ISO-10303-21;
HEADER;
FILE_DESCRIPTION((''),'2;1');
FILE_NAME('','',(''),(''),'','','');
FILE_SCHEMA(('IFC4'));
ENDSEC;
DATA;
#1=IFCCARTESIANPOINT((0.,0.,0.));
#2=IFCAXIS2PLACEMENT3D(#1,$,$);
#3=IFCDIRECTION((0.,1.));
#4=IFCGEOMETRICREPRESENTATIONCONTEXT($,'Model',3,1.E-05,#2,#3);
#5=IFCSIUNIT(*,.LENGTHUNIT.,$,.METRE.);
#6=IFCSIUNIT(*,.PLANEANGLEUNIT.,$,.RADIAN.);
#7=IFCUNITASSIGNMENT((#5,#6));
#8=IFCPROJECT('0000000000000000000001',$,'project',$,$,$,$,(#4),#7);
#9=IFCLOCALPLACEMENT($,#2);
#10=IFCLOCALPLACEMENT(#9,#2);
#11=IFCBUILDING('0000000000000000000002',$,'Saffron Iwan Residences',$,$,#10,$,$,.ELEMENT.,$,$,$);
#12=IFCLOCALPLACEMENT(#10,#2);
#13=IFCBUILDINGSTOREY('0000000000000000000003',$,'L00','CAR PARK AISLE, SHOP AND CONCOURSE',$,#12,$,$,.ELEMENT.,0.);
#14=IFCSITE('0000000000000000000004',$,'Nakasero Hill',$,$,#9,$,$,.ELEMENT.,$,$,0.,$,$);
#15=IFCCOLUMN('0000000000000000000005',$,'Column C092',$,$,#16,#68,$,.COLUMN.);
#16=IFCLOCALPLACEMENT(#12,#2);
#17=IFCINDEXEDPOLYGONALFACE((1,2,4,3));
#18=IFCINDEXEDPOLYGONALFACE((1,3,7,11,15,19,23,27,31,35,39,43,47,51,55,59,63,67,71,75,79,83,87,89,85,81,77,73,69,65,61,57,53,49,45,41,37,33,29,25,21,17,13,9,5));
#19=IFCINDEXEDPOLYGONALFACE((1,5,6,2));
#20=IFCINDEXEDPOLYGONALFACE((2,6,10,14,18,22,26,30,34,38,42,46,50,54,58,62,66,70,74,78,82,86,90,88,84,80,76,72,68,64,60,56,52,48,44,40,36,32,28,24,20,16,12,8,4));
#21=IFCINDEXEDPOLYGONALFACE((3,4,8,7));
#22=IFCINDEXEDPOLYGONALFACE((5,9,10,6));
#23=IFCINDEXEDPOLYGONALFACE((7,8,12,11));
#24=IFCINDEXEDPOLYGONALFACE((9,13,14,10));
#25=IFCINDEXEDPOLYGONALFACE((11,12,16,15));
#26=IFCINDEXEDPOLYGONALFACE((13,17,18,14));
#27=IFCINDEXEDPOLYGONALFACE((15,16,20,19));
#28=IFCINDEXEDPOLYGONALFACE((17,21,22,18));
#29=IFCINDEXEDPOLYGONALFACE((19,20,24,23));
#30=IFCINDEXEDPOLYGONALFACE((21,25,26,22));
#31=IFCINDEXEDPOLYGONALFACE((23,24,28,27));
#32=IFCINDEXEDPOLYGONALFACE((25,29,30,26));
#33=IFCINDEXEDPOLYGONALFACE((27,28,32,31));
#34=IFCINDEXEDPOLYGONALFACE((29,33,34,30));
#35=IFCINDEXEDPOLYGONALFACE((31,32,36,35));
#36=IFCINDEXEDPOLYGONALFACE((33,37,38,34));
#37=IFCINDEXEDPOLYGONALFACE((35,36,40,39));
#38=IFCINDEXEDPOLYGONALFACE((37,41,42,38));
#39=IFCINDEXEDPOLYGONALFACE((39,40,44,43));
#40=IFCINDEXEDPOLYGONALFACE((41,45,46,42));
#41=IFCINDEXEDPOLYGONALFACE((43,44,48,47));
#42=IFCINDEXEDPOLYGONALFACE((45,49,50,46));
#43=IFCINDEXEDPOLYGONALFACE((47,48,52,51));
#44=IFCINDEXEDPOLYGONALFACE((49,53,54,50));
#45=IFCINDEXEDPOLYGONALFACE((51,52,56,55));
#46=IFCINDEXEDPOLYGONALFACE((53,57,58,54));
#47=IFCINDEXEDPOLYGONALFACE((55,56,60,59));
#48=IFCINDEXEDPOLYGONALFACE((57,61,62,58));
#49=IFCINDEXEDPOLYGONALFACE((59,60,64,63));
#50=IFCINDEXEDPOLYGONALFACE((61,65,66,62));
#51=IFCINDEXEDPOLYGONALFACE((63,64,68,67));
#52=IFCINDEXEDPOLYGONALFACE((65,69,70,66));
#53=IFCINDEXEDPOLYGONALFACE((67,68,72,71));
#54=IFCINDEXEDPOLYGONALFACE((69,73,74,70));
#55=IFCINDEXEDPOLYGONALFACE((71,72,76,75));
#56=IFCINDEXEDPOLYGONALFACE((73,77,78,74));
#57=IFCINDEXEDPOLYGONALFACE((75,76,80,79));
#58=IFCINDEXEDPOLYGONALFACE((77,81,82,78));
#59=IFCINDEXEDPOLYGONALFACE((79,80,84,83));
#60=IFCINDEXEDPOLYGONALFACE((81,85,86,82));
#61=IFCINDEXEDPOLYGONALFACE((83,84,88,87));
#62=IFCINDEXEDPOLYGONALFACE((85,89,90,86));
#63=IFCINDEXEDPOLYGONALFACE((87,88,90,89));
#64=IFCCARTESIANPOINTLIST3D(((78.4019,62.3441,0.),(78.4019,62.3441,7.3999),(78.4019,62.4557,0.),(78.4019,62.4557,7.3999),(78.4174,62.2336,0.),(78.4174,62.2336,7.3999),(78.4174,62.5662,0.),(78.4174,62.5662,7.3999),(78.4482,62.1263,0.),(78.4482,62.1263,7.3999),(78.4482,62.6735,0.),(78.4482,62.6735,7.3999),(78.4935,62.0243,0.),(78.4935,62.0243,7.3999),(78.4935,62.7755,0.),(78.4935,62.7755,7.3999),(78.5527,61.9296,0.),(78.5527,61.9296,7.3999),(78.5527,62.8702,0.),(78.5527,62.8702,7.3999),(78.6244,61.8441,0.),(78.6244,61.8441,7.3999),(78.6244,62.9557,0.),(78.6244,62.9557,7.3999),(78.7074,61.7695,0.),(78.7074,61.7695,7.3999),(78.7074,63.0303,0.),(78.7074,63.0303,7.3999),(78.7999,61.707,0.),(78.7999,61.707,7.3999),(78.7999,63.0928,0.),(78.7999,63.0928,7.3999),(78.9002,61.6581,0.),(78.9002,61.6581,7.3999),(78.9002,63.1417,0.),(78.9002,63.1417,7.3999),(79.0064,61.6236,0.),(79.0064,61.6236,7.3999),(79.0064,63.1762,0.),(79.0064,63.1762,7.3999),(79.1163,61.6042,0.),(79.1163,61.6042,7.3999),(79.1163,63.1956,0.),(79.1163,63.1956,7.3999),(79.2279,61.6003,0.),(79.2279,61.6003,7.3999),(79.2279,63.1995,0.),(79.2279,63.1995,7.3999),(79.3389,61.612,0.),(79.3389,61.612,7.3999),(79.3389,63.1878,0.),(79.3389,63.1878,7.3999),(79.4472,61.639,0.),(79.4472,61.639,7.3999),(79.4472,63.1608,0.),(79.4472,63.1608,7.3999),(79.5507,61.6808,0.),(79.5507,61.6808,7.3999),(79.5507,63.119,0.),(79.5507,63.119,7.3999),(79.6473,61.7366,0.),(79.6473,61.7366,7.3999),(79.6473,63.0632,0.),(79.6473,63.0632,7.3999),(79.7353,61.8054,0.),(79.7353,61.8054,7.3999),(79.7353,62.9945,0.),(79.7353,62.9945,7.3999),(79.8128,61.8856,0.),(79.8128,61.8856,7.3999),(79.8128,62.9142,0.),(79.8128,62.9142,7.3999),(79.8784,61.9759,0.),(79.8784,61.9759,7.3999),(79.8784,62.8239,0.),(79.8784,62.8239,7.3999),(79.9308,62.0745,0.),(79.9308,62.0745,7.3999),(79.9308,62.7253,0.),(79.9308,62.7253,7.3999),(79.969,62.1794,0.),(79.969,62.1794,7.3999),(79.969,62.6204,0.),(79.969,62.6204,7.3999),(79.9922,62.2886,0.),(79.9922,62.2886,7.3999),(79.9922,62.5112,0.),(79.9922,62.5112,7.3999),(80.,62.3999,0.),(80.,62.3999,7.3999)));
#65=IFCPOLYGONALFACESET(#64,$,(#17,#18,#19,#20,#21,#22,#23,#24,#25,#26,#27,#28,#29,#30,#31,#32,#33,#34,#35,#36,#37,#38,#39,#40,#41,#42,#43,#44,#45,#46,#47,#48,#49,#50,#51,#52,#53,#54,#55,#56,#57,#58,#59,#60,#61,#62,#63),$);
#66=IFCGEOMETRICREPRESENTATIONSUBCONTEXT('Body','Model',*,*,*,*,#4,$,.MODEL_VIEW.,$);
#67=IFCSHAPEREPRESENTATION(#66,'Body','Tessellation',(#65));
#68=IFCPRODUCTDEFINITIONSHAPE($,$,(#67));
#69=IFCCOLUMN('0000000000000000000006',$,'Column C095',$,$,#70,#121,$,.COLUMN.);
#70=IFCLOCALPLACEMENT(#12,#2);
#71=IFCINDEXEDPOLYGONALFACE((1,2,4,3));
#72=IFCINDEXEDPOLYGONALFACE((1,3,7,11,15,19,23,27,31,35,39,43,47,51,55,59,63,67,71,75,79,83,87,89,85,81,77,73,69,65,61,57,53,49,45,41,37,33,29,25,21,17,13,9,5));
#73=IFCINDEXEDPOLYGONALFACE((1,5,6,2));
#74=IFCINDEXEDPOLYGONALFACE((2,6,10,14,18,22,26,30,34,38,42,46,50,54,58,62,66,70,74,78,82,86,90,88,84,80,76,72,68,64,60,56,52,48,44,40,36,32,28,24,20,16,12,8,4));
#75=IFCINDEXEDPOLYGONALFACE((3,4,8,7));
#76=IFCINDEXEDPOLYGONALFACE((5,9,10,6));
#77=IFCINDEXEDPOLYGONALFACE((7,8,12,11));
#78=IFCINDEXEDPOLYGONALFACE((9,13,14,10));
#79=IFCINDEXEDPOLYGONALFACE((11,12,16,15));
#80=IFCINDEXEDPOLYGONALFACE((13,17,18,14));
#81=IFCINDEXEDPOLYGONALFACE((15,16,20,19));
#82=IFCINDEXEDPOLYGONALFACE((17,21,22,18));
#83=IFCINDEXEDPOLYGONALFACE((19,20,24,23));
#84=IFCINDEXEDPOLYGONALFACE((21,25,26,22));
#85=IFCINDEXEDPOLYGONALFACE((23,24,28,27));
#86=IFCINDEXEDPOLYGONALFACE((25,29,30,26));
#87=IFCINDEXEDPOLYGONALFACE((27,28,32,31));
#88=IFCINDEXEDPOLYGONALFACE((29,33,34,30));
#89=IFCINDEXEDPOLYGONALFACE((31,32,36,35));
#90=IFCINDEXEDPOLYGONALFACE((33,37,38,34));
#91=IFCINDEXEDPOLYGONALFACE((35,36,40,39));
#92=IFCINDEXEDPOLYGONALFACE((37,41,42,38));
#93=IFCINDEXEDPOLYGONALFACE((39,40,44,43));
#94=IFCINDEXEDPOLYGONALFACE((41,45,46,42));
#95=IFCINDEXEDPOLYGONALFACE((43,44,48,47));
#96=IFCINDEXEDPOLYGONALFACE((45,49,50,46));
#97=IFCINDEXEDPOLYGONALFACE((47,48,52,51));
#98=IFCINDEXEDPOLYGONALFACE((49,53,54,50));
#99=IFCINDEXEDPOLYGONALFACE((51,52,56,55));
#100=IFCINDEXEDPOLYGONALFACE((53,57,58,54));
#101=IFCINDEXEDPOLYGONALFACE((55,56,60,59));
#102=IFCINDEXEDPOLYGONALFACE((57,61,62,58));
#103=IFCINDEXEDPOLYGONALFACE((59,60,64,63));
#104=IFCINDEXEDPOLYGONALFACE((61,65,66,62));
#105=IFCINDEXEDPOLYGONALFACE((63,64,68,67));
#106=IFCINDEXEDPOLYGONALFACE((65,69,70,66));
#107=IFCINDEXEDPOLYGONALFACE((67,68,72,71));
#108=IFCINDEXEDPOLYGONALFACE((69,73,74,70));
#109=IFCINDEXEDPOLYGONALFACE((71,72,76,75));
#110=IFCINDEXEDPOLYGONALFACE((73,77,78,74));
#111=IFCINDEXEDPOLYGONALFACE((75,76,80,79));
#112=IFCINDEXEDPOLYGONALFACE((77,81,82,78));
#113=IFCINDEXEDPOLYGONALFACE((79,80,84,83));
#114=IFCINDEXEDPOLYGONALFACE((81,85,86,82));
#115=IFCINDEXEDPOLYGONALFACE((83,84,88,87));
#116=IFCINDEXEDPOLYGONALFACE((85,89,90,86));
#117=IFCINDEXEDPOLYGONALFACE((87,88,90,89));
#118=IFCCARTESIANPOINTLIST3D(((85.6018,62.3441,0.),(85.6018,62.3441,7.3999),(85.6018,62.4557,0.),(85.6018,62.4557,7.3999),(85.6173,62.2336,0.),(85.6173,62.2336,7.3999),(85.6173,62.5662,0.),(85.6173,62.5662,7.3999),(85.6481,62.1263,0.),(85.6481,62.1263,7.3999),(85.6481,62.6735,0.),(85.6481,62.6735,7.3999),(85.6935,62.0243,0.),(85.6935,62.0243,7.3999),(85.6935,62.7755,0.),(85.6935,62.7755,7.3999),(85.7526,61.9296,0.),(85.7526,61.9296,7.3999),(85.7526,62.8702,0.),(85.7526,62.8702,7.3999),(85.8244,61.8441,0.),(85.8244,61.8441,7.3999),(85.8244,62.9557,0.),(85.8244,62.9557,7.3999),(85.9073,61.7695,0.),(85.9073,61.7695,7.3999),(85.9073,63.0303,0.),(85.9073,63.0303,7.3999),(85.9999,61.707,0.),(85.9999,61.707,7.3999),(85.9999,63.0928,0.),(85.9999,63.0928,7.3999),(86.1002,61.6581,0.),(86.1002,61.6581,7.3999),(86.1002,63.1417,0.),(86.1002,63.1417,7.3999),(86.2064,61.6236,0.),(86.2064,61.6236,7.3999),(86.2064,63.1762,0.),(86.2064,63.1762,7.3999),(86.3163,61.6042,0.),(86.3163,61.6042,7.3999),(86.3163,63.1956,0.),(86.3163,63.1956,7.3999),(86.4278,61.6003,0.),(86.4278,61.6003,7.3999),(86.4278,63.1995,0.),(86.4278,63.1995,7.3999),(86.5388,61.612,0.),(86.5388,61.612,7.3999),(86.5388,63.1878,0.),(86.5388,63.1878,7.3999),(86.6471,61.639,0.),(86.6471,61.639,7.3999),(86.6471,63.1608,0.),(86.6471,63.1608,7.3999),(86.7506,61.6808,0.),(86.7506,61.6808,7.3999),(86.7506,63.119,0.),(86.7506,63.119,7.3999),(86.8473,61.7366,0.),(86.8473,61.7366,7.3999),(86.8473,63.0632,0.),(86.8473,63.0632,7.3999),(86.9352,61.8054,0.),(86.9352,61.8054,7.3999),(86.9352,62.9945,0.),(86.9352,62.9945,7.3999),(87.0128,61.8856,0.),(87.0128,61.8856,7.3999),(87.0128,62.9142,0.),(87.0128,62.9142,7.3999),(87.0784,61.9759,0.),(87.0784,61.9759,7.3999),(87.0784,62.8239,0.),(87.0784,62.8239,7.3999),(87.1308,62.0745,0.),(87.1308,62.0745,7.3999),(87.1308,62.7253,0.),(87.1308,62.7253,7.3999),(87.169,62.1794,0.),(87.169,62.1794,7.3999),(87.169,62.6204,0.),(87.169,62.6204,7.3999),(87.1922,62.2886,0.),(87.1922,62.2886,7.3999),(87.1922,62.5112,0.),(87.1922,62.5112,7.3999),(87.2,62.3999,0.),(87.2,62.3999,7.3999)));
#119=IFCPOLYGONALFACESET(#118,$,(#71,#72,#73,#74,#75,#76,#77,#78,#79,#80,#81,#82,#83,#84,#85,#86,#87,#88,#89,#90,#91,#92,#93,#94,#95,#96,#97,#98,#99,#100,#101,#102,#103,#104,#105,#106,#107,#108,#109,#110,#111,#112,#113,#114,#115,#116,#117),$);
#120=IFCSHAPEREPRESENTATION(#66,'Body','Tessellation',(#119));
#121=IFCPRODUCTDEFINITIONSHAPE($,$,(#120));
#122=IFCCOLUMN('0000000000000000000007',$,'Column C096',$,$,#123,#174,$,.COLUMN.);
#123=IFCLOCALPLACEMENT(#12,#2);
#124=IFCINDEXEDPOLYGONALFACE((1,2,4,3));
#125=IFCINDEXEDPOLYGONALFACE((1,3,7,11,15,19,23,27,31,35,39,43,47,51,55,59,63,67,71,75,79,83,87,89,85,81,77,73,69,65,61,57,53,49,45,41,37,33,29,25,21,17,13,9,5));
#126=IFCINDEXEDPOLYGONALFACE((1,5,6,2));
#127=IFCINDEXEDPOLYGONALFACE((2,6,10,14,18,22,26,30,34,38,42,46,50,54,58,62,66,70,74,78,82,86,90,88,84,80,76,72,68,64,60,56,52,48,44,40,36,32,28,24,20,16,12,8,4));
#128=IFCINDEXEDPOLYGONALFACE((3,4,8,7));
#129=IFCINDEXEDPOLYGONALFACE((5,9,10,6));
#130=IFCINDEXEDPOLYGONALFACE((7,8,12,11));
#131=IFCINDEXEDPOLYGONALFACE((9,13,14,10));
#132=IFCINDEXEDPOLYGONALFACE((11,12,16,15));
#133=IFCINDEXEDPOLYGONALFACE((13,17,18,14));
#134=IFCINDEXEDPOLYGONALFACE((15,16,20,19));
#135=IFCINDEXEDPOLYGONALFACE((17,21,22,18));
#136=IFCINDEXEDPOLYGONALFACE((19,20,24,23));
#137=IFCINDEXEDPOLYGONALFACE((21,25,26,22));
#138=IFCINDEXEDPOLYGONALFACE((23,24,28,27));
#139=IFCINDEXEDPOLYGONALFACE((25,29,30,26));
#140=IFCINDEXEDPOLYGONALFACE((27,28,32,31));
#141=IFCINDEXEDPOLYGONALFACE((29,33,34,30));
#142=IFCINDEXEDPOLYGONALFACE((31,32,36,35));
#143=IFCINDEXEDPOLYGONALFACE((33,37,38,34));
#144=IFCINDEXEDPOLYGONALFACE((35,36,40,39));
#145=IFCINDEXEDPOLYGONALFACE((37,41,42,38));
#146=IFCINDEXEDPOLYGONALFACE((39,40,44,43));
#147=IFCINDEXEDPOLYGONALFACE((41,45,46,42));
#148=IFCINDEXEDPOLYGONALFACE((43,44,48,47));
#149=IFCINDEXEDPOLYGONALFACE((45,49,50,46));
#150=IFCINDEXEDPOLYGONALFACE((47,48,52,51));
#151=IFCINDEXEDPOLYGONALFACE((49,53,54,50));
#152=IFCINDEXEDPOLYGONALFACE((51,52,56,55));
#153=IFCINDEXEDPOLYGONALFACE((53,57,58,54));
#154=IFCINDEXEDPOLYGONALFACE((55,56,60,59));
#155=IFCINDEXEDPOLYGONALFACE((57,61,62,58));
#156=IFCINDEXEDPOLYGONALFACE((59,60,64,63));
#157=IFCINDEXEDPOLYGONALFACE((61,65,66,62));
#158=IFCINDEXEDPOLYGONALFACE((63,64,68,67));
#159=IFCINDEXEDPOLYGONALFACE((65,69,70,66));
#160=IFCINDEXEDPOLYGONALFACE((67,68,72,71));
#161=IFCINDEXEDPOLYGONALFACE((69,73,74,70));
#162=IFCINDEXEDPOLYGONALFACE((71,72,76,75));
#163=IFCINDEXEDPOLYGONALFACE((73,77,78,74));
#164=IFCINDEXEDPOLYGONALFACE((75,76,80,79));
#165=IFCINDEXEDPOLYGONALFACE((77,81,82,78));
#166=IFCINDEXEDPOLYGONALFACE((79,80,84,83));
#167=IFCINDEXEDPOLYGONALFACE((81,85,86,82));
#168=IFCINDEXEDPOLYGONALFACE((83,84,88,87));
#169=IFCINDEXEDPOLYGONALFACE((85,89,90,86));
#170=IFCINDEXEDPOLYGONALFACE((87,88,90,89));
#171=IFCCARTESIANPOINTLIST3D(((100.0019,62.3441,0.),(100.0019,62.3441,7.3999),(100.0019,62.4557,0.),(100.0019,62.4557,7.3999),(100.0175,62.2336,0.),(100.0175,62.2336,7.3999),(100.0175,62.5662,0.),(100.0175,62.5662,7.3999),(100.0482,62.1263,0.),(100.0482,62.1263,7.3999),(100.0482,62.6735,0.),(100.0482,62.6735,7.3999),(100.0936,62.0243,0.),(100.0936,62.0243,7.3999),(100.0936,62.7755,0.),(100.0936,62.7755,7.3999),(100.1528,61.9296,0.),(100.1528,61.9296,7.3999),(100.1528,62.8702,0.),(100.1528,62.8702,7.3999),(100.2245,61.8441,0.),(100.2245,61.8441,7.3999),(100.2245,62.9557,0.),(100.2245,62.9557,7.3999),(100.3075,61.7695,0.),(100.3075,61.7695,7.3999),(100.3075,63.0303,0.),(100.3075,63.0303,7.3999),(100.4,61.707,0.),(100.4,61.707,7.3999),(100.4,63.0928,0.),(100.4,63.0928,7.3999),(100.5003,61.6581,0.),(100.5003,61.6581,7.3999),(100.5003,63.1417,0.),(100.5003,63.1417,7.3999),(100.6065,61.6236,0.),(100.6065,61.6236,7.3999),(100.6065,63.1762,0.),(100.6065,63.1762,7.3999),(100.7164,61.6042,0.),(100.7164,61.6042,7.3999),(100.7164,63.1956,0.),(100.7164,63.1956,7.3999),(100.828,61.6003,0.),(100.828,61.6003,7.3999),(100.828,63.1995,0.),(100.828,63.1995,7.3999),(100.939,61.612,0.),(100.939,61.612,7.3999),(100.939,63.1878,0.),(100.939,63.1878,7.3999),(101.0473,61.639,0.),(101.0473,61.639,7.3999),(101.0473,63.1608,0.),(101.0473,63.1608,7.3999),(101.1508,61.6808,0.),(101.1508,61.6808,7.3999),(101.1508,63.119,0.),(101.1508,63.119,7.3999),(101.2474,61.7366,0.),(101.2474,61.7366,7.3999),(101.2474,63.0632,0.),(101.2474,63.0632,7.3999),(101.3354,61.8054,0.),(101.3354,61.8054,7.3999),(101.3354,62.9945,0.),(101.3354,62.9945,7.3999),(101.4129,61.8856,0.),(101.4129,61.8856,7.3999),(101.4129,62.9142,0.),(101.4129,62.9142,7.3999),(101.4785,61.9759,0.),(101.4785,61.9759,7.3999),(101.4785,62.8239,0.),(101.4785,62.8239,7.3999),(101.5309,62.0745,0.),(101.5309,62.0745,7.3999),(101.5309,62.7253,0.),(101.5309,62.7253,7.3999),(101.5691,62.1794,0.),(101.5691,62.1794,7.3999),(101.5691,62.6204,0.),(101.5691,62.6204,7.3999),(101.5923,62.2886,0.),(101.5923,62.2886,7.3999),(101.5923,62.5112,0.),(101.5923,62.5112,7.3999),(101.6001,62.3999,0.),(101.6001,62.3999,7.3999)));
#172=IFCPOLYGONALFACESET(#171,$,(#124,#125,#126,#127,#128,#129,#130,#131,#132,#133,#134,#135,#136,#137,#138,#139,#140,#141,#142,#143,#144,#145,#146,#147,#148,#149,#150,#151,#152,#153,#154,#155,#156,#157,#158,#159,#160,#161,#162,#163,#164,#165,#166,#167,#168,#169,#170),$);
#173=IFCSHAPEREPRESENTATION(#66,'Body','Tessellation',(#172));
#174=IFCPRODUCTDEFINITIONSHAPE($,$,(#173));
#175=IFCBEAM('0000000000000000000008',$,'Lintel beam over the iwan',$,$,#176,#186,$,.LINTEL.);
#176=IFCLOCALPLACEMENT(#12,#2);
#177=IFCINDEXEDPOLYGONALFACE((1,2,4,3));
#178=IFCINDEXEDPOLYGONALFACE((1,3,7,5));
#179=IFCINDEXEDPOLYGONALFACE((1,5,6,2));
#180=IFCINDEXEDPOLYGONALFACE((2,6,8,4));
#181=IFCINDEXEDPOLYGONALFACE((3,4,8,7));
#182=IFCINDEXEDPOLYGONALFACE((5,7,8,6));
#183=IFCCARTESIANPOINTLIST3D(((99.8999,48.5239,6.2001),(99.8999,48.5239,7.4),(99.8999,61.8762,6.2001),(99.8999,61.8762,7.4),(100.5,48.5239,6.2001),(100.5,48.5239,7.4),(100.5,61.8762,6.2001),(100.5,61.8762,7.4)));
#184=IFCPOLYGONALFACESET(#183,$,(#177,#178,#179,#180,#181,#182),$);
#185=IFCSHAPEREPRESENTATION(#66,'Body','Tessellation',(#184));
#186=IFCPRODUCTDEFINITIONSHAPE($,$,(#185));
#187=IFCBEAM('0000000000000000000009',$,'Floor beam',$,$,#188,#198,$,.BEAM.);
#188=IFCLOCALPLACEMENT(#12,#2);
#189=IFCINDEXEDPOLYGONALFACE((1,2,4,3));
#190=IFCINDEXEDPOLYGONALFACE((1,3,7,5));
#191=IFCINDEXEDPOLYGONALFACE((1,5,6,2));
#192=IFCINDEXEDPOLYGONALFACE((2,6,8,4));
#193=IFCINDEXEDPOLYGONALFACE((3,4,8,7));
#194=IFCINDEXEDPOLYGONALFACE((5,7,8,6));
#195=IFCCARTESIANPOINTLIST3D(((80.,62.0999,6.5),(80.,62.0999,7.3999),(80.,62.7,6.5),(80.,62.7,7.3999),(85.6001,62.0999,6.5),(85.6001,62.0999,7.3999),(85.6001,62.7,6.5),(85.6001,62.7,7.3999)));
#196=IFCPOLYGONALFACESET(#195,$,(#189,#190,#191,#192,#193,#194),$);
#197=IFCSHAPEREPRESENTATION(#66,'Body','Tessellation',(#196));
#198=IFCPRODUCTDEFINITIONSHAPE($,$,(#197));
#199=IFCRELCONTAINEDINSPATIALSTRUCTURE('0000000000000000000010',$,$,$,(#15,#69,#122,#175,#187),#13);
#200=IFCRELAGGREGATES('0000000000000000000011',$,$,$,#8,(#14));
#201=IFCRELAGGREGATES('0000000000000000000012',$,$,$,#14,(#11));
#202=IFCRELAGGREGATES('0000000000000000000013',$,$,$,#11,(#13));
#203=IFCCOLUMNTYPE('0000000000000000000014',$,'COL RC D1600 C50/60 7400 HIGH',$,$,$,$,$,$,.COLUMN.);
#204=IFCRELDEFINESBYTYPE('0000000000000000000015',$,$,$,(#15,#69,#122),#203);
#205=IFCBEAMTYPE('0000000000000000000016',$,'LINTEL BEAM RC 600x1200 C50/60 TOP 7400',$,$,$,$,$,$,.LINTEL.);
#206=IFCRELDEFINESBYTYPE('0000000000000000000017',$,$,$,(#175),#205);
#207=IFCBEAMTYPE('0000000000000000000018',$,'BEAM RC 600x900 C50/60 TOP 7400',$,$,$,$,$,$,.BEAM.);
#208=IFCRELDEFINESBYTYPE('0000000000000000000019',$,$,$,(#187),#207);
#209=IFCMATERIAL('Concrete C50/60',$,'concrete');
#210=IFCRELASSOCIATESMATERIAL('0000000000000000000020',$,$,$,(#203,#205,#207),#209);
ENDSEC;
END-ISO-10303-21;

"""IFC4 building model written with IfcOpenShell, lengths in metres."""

from ifc_helpers import new_model, si_unit, direction, frame, origin, origin_2d, place, context, subcontext, project, spatial, rectangle, circle, extrude, source, transform, mapped, material, material_profile, profile_set, type_object, element, save


model = new_model("IFC4")

# Units and contexts
model_context = context("Model", 3, precision=1e-05, world=origin(), true_north=direction((0.0, 1.0)))
body_context = subcontext(model_context, "Body", "Model", "MODEL_VIEW")
ifc_project = project(units=[si_unit("LENGTHUNIT", "METRE"), si_unit("PLANEANGLEUNIT", "RADIAN")], contexts=[model_context])

# Site, building, storey
site_placement = place(None, origin())
site = spatial("IfcSite", under=ifc_project, at=site_placement, Name="Nakasero Hill", CompositionType="ELEMENT", RefElevation=0.0)
building_placement = place(site_placement, origin())
building = spatial("IfcBuilding", under=site, at=building_placement, Name="Saffron Iwan Residences", CompositionType="ELEMENT")
storey_placement = place(building_placement, origin())
storey = spatial("IfcBuildingStorey", under=building, at=storey_placement, Name="L00", Description="CAR PARK AISLE, SHOP AND CONCOURSE", CompositionType="ELEMENT", Elevation=0.0)

# Columns
ifc_material_1 = material(Name="Concrete C50/60", Category="concrete")
ifc_material_profile_1 = material_profile(ifc_material_1, circle(Radius=0.8, at=origin_2d()), Name="RC D1600")
ifc_profile_set_1 = profile_set([ifc_material_profile_1], Name="Concrete C50/60")
column_type = type_object("IfcColumnType", Name="COL RC D1600 C50/60 7400 HIGH", PredefinedType="COLUMN", material=ifc_profile_set_1)
shared_shape_1 = source(origin(), body_context, "Body", "SweptSolid", [
    extrude(circle(Radius=0.8, at=origin_2d()), origin(), (0.0, 0.0, 1.0), 7.3999),
])
for number, where, z_axis, x_axis, name in (
    (1, (79.2, 62.3999, 0.0), (0.0, 0.0, 1.0), (1.0, 0.0, 0.0), "Column C092"),
    (2, (86.3999, 62.3999, 0.0), (0.0, 0.0, 1.0), (1.0, 0.0, 0.0), "Column C095"),
    (3, (100.8, 62.3999, 0.0), (0.0, 0.0, 1.0), (1.0, 0.0, 0.0), "Column C096"),
):
    element("IfcColumn", number, at=place(storey_placement, frame(where, z_axis=z_axis, x_axis=x_axis)), inside=storey, type_object=column_type, Name=name, PredefinedType="COLUMN", context=body_context, shape_type="MappedRepresentation", body=[
        mapped(shared_shape_1, transform((0.0, 0.0, 0.0))),
    ])

# Beams
ifc_material_profile_2 = material_profile(ifc_material_1, rectangle(XDim=0.6001, YDim=1.2, at=origin_2d()), Name="RC 600x1200")
ifc_profile_set_2 = profile_set([ifc_material_profile_2], Name="Concrete C50/60")
beam_type_1 = type_object("IfcBeamType", Name="LINTEL BEAM RC 600x1200 C50/60 TOP 7400", PredefinedType="LINTEL", material=ifc_profile_set_2)
shared_shape_2 = source(origin(), body_context, "Body", "SweptSolid", [
    extrude(rectangle(XDim=0.6001, YDim=1.2, at=origin_2d()), origin(), (0.0, 0.0, 1.0), 13.3523),
])
beam_1_placement = place(storey_placement, frame((100.2, 61.8762, 6.8), z_axis=(0.0, -1.0, 0.0), x_axis=(1.0, 0.0, 0.0)))
element("IfcBeam", 4, at=beam_1_placement, inside=storey, type_object=beam_type_1, Name="Lintel beam over the iwan", PredefinedType="LINTEL", context=body_context, shape_type="MappedRepresentation", body=[
    mapped(shared_shape_2, transform((0.0, 0.0, 0.0))),
])
ifc_material_profile_3 = material_profile(ifc_material_1, rectangle(XDim=0.6001, YDim=0.8999, at=origin_2d()), Name="RC 600x900")
ifc_profile_set_3 = profile_set([ifc_material_profile_3], Name="Concrete C50/60")
beam_type_2 = type_object("IfcBeamType", Name="BEAM RC 600x900 C50/60 TOP 7400", PredefinedType="BEAM", material=ifc_profile_set_3)
shared_shape_3 = source(origin(), body_context, "Body", "SweptSolid", [
    extrude(rectangle(XDim=0.6001, YDim=0.8999, at=origin_2d()), origin(), (0.0, 0.0, 1.0), 5.6001),
])
beam_2_placement = place(storey_placement, frame((80.0, 62.3999, 6.95), z_axis=(1.0, 0.0, 0.0), x_axis=(0.0, 1.0, 0.0)))
element("IfcBeam", 5, at=beam_2_placement, inside=storey, type_object=beam_type_2, Name="Floor beam", PredefinedType="BEAM", context=body_context, shape_type="MappedRepresentation", body=[
    mapped(shared_shape_3, transform((0.0, 0.0, 0.0))),
])

save(model, "model.ifc")
